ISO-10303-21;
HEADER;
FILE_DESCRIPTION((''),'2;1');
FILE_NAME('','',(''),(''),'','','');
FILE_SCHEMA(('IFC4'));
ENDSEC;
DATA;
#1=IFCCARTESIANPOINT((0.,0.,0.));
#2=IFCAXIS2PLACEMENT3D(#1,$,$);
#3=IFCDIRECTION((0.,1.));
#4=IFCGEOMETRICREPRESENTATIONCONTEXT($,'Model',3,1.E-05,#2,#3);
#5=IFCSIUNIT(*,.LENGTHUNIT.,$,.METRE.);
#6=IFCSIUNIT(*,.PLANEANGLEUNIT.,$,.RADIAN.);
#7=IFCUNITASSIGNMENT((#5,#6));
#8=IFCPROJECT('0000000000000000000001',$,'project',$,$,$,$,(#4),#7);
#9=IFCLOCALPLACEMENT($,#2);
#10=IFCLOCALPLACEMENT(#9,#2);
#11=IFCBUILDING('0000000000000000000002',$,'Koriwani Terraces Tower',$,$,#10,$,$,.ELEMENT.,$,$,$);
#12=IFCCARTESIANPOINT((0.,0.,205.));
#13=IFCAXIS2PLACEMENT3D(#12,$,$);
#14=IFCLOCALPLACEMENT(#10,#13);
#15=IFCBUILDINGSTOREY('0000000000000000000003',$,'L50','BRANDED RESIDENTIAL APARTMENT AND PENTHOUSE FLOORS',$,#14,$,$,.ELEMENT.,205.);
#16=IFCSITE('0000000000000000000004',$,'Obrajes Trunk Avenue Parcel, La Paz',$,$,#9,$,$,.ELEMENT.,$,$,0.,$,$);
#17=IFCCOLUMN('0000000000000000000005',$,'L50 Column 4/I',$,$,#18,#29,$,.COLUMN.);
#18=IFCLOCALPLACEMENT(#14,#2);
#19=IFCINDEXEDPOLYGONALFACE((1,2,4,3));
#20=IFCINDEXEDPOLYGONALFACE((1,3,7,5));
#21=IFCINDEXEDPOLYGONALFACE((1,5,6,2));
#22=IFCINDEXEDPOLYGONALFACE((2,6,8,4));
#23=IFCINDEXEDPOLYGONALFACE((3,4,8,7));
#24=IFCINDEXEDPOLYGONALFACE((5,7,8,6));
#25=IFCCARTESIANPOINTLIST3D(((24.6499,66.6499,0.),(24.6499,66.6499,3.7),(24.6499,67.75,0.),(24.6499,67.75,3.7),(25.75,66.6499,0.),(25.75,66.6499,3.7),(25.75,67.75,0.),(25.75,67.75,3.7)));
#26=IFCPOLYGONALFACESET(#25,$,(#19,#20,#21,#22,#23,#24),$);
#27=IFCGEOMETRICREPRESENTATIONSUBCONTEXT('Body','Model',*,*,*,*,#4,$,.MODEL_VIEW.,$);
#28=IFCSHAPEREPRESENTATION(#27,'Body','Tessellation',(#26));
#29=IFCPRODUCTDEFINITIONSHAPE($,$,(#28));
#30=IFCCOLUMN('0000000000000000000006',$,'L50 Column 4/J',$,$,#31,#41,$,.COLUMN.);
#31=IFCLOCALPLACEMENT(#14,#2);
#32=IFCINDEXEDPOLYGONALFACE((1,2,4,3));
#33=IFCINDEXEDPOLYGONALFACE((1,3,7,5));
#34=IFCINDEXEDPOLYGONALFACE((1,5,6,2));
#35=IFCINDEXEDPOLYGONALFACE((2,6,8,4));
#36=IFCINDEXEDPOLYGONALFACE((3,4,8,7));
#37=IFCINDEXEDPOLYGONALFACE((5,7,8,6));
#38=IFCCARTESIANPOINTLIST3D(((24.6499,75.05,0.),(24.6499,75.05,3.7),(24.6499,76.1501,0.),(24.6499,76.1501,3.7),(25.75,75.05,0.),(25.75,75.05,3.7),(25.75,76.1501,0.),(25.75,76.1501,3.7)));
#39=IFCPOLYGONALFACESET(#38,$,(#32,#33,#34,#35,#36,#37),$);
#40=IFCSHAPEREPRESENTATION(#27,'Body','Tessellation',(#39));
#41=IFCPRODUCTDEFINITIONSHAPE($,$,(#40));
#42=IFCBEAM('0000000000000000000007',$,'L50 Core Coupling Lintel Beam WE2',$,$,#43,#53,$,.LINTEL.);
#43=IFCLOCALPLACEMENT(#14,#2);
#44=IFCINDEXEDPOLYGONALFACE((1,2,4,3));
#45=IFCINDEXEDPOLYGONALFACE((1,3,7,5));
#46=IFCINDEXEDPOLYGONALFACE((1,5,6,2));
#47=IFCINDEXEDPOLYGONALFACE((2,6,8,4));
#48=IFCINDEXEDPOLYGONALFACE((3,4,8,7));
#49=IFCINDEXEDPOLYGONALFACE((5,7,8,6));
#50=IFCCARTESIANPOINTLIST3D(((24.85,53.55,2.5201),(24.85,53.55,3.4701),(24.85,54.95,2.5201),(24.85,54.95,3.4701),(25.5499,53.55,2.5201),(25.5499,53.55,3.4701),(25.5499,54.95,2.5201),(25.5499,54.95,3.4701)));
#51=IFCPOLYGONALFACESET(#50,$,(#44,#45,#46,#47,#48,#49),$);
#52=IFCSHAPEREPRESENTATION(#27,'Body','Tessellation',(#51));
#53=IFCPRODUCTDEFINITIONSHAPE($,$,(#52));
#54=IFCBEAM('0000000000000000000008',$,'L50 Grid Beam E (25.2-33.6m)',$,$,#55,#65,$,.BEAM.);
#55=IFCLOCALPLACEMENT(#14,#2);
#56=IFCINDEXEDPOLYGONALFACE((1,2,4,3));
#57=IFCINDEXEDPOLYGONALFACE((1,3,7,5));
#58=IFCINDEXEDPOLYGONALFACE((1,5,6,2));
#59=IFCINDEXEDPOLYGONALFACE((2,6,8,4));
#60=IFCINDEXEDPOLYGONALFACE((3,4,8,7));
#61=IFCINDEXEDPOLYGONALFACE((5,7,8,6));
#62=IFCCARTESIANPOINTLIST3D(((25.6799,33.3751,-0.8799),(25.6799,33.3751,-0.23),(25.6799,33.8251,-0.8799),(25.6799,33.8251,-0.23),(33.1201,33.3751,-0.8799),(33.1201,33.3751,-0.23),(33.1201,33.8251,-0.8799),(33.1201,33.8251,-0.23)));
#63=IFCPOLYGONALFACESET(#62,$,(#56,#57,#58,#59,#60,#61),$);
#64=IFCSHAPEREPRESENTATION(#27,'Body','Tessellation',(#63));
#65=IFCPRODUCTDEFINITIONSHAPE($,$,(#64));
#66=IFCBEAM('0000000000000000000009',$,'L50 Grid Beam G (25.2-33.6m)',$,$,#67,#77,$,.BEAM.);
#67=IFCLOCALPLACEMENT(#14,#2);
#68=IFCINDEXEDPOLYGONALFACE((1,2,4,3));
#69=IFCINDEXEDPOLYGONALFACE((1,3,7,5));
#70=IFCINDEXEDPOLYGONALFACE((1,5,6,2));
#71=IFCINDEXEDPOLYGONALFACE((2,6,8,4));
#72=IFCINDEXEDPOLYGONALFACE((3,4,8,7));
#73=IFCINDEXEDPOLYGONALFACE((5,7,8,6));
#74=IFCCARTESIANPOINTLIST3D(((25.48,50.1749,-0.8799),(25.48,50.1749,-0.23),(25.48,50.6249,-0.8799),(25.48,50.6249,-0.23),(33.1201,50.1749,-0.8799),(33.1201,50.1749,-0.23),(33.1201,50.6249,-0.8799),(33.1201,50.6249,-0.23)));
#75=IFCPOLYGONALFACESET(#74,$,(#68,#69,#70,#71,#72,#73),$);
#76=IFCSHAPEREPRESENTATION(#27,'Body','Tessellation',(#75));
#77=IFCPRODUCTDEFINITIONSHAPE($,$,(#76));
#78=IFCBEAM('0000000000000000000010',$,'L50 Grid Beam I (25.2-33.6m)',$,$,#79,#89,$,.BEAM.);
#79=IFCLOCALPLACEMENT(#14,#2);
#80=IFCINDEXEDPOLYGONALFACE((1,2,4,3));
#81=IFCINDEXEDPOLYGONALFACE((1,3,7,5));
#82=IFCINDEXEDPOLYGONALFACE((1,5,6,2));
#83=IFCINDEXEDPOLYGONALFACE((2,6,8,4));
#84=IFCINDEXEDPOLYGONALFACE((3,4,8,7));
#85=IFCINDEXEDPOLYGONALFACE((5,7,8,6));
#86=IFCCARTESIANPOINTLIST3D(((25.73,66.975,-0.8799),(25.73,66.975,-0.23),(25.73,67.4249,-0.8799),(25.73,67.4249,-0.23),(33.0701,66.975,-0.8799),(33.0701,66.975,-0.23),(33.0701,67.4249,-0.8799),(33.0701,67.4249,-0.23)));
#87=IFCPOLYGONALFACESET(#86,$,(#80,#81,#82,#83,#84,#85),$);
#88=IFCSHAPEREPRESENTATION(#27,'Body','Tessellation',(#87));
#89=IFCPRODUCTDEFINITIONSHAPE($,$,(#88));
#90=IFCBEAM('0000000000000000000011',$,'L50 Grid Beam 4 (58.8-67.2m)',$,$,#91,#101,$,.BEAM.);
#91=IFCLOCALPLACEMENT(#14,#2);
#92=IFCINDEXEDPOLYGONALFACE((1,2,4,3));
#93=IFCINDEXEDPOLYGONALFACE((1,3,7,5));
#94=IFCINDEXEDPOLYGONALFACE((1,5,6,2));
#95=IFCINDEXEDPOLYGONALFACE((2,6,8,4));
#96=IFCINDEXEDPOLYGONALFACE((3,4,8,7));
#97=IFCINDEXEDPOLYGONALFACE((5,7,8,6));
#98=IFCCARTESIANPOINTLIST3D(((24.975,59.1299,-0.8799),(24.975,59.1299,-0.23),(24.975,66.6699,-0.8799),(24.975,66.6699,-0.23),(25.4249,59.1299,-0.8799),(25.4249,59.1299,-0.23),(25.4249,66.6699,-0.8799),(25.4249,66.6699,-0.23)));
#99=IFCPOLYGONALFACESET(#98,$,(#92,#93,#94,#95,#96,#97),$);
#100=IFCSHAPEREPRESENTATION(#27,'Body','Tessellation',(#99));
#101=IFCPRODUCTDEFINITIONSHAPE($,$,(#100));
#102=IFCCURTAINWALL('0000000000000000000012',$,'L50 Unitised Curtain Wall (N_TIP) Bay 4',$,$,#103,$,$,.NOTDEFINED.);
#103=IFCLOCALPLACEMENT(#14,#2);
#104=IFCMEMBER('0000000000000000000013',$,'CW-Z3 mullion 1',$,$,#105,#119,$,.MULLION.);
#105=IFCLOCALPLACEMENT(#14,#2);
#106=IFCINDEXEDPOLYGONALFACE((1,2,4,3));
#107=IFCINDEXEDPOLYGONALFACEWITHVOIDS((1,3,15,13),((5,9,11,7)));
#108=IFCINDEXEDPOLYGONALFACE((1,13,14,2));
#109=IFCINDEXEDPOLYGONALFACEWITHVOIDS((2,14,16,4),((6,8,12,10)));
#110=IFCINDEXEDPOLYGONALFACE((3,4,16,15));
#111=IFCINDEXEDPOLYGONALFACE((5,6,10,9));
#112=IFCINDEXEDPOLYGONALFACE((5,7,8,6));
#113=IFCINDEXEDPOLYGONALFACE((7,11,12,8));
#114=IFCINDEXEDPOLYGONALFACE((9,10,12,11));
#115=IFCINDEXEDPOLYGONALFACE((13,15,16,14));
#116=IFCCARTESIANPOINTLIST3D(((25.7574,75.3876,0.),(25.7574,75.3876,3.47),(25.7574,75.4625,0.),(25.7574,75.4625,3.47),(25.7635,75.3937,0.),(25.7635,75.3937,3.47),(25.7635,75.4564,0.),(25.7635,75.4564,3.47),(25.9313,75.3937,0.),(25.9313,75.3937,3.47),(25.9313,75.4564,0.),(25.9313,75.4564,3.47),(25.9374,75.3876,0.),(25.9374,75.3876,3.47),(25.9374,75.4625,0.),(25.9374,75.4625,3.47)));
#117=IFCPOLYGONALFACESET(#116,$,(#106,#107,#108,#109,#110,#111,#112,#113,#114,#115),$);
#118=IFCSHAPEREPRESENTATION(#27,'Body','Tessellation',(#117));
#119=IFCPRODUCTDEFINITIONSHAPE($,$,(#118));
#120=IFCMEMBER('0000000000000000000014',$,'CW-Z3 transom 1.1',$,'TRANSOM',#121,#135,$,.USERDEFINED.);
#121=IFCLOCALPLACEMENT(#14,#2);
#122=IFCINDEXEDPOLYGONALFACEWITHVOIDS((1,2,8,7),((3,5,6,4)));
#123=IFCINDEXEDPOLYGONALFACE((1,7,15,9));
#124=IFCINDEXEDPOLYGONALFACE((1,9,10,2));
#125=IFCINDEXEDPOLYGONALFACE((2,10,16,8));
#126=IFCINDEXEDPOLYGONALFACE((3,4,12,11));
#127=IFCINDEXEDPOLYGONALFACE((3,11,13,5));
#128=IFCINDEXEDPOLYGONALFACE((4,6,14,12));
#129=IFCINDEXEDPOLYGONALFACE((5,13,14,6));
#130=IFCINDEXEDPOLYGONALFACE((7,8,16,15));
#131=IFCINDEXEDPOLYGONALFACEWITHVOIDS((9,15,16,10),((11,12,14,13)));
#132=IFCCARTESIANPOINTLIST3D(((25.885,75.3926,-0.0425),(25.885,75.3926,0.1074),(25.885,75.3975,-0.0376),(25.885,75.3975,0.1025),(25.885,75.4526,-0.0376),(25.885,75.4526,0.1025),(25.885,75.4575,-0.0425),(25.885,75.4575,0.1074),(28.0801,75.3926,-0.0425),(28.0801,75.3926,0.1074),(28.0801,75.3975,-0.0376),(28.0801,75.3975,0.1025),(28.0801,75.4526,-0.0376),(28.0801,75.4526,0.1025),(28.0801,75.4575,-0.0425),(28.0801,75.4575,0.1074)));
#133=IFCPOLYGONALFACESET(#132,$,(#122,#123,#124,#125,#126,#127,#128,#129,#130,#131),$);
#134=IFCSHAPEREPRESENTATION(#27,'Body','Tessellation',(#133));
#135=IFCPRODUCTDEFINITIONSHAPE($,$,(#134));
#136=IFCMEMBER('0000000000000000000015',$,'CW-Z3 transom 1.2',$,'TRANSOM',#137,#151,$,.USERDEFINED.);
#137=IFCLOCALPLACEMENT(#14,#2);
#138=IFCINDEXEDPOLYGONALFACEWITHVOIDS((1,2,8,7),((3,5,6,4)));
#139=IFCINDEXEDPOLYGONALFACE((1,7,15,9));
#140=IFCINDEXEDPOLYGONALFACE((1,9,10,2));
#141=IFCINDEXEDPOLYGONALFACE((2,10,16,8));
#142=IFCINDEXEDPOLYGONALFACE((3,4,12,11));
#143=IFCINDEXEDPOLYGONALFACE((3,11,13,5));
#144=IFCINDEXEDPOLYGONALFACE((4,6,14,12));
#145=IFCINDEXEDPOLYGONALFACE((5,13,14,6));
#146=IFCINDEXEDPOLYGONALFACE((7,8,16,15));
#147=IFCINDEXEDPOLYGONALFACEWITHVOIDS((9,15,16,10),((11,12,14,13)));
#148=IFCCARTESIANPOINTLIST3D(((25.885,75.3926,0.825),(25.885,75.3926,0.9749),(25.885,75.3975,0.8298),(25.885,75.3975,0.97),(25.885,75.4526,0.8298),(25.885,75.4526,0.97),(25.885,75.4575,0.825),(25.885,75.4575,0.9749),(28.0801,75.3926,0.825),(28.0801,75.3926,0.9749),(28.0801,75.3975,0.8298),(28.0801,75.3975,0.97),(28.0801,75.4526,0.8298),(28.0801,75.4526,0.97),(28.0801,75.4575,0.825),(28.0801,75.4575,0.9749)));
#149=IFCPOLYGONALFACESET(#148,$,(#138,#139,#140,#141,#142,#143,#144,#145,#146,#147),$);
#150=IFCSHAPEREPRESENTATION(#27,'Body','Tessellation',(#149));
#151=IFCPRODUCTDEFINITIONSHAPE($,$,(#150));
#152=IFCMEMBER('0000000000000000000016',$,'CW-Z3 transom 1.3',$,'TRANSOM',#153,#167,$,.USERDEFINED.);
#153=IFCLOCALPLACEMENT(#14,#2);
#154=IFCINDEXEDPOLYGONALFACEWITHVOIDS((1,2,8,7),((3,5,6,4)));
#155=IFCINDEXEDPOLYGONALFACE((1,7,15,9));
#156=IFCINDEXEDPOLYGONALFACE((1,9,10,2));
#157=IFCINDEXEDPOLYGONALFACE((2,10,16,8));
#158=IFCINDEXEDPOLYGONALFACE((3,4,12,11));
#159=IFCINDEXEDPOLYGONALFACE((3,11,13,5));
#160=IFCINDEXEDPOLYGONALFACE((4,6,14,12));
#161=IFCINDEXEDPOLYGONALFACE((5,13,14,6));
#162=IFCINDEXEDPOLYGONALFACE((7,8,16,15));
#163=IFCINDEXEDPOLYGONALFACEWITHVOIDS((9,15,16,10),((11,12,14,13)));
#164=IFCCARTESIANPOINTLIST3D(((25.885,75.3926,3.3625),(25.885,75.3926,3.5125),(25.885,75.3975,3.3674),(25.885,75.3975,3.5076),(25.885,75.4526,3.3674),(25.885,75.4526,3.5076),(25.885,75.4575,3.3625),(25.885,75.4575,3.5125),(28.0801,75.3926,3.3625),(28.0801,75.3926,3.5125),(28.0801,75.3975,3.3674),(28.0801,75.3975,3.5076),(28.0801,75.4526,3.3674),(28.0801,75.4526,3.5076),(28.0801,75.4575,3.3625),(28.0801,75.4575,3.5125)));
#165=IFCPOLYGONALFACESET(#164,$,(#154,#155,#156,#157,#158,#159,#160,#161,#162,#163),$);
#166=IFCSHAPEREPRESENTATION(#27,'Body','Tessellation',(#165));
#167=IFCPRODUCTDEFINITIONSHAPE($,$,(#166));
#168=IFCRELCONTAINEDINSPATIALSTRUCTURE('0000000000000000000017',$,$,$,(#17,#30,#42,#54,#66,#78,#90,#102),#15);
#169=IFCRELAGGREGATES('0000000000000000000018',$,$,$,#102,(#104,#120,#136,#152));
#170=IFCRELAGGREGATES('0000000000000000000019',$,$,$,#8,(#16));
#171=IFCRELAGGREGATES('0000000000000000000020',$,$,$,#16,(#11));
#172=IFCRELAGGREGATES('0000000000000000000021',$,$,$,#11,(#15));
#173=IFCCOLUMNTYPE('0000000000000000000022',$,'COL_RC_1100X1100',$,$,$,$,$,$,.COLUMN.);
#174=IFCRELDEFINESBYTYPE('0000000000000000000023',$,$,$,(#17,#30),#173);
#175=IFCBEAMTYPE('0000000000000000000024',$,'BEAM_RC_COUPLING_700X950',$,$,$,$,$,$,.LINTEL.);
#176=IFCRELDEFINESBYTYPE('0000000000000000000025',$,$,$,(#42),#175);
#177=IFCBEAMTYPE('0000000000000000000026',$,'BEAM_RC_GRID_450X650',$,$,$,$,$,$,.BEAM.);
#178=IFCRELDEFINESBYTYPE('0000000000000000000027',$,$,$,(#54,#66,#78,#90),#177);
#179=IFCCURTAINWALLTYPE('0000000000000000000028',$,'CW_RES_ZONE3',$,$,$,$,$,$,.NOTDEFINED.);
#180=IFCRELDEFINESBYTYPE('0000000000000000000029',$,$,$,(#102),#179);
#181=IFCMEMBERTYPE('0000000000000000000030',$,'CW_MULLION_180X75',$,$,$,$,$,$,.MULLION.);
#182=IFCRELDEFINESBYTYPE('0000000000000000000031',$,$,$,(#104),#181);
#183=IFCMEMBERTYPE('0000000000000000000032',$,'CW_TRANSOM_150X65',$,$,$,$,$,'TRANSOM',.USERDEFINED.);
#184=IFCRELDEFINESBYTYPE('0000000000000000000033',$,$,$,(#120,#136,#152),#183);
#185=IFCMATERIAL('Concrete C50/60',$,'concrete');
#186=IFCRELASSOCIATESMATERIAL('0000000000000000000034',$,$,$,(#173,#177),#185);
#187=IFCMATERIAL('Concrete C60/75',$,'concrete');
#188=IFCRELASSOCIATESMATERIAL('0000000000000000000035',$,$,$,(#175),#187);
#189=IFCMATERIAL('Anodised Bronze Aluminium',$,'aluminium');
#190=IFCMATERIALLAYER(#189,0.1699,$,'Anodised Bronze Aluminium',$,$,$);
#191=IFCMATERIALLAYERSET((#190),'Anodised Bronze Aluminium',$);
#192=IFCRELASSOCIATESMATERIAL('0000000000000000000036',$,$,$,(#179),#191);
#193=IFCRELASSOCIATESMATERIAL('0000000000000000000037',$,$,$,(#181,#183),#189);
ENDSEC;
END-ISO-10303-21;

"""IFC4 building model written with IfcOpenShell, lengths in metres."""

from ifc_helpers import new_model, si_unit, direction, frame, origin, origin_2d, place, context, subcontext, project, spatial, rectangle, hollow_rectangle, extrude, material, layer, layer_set, material_profile, profile_set, type_object, element, aggregate, save


model = new_model("IFC4")

# Units and contexts
model_context = context("Model", 3, precision=1e-05, world=origin(), true_north=direction((0.0, 1.0)))
body_context = subcontext(model_context, "Body", "Model", "MODEL_VIEW")
ifc_project = project(units=[si_unit("LENGTHUNIT", "METRE"), si_unit("PLANEANGLEUNIT", "RADIAN")], contexts=[model_context])

# Site, building, storey
site_placement = place(None, origin())
site = spatial("IfcSite", under=ifc_project, at=site_placement, Name="Obrajes Trunk Avenue Parcel, La Paz", CompositionType="ELEMENT", RefElevation=0.0)
building_placement = place(site_placement, origin())
building = spatial("IfcBuilding", under=site, at=building_placement, Name="Koriwani Terraces Tower", CompositionType="ELEMENT")
storey_placement = place(building_placement, frame((0.0, 0.0, 205.0)))
storey = spatial("IfcBuildingStorey", under=building, at=storey_placement, Name="L50", Description="BRANDED RESIDENTIAL APARTMENT AND PENTHOUSE FLOORS", CompositionType="ELEMENT", Elevation=205.0)

# Columns
ifc_material_1 = material(Name="Concrete C50/60", Category="concrete")
ifc_material_profile_1 = material_profile(ifc_material_1, rectangle(XDim=1.1001, YDim=1.1001, at=origin_2d()), Name="Concrete C50/60", Category="LoadBearing")
ifc_profile_set_1 = profile_set([ifc_material_profile_1], Name="Concrete C50/60")
column_type = type_object("IfcColumnType", Name="COL_RC_1100X1100", PredefinedType="COLUMN", material=ifc_profile_set_1)
for number, where, z_axis, x_axis, name in (
    (1, (25.2, 67.2, 0.0), (0.0, 0.0, 1.0), (1.0, 0.0, 0.0), "L50 Column 4/I"),
    (2, (25.2, 75.6001, 0.0), (0.0, 0.0, 1.0), (1.0, 0.0, 0.0), "L50 Column 4/J"),
):
    element("IfcColumn", number, at=place(storey_placement, frame(where, z_axis=z_axis, x_axis=x_axis)), inside=storey, type_object=column_type, Name=name, PredefinedType="COLUMN", context=body_context, shape_type="SweptSolid", body=[
        extrude(rectangle(XDim=1.1001, YDim=1.1001, at=origin_2d()), origin(), (0.0, 0.0, 1.0), 3.7),
    ])

# Beams
ifc_material_2 = material(Name="Concrete C60/75", Category="concrete")
ifc_material_profile_2 = material_profile(ifc_material_2, rectangle(XDim=0.7, YDim=0.95, at=origin_2d()), Name="Concrete C60/75", Category="LoadBearing")
ifc_profile_set_2 = profile_set([ifc_material_profile_2], Name="Concrete C60/75")
beam_type_1 = type_object("IfcBeamType", Name="BEAM_RC_COUPLING_700X950", PredefinedType="LINTEL", material=ifc_profile_set_2)
beam_1_placement = place(storey_placement, frame((25.2, 53.55, 2.9951), z_axis=(0.0, 1.0, 0.0), x_axis=(-1.0, 0.0, 0.0)))
element("IfcBeam", 3, at=beam_1_placement, inside=storey, type_object=beam_type_1, Name="L50 Core Coupling Lintel Beam WE2", PredefinedType="LINTEL", context=body_context, shape_type="SweptSolid", body=[
    extrude(rectangle(XDim=0.7, YDim=0.95, at=origin_2d()), origin(), (0.0, 0.0, 1.0), 1.3999),
])
ifc_material_profile_3 = material_profile(ifc_material_1, rectangle(XDim=0.45, YDim=0.6499, at=origin_2d()), Name="Concrete C50/60", Category="LoadBearing")
ifc_profile_set_3 = profile_set([ifc_material_profile_3], Name="Concrete C50/60")
beam_type_2 = type_object("IfcBeamType", Name="BEAM_RC_GRID_450X650", PredefinedType="BEAM", material=ifc_profile_set_3)
beam_2_placement = place(storey_placement, frame((25.6799, 33.6001, -0.5549), z_axis=(1.0, 0.0, 0.0), x_axis=(0.0, 1.0, 0.0)))
element("IfcBeam", 4, at=beam_2_placement, inside=storey, type_object=beam_type_2, Name="L50 Grid Beam E (25.2-33.6m)", PredefinedType="BEAM", context=body_context, shape_type="SweptSolid", body=[
    extrude(rectangle(XDim=0.45, YDim=0.6499, at=origin_2d()), origin(), (0.0, 0.0, 1.0), 7.4402),
])
beam_3_placement = place(storey_placement, frame((25.48, 50.3999, -0.5549), z_axis=(1.0, 0.0, 0.0), x_axis=(0.0, 1.0, 0.0)))
element("IfcBeam", 5, at=beam_3_placement, inside=storey, type_object=beam_type_2, Name="L50 Grid Beam G (25.2-33.6m)", PredefinedType="BEAM", context=body_context, shape_type="SweptSolid", body=[
    extrude(rectangle(XDim=0.45, YDim=0.6499, at=origin_2d()), origin(), (0.0, 0.0, 1.0), 7.6401),
])
beam_4_placement = place(storey_placement, frame((25.73, 67.2, -0.5549), z_axis=(1.0, 0.0, 0.0), x_axis=(0.0, 1.0, 0.0)))
element("IfcBeam", 6, at=beam_4_placement, inside=storey, type_object=beam_type_2, Name="L50 Grid Beam I (25.2-33.6m)", PredefinedType="BEAM", context=body_context, shape_type="SweptSolid", body=[
    extrude(rectangle(XDim=0.45, YDim=0.6499, at=origin_2d()), origin(), (0.0, 0.0, 1.0), 7.3401),
])
beam_5_placement = place(storey_placement, frame((25.2, 59.1299, -0.5549), z_axis=(0.0, 1.0, 0.0), x_axis=(-1.0, 0.0, 0.0)))
element("IfcBeam", 7, at=beam_5_placement, inside=storey, type_object=beam_type_2, Name="L50 Grid Beam 4 (58.8-67.2m)", PredefinedType="BEAM", context=body_context, shape_type="SweptSolid", body=[
    extrude(rectangle(XDim=0.45, YDim=0.6499, at=origin_2d()), origin(), (0.0, 0.0, 1.0), 7.54),
])

# Curtain wall, members
ifc_material_3 = material(Name="Anodised Bronze Aluminium", Category="aluminium")
ifc_layer_1 = layer(ifc_material_3, 0.1699, Name="Anodised Bronze Aluminium")
ifc_layer_set_1 = layer_set([ifc_layer_1], Name="Anodised Bronze Aluminium")
curtain_wall_type = type_object("IfcCurtainWallType", Name="CW_RES_ZONE3", PredefinedType="NOTDEFINED", material=ifc_layer_set_1)
curtain_wall_placement = place(storey_placement, origin())
curtain_wall = element("IfcCurtainWall", 8, at=curtain_wall_placement, inside=storey, type_object=curtain_wall_type, Name="L50 Unitised Curtain Wall (N_TIP) Bay 4", PredefinedType="NOTDEFINED")
ifc_material_profile_4 = material_profile(ifc_material_3, hollow_rectangle(XDim=0.075, YDim=0.1799, WallThickness=0.0061, at=origin_2d()), Name="Anodised Bronze Aluminium", Category="LoadBearing")
ifc_profile_set_4 = profile_set([ifc_material_profile_4], Name="Anodised Bronze Aluminium")
member_type_1 = type_object("IfcMemberType", Name="CW_MULLION_180X75", PredefinedType="MULLION", material=ifc_profile_set_4)
member_1_placement = place(storey_placement, frame((25.8474, 75.425, 0.0), z_axis=(0.0, 0.0, 1.0), x_axis=(0.0, 1.0, 0.0)))
member_1 = element("IfcMember", 9, at=member_1_placement, type_object=member_type_1, Name="CW-Z3 mullion 1", PredefinedType="MULLION", context=body_context, shape_type="SweptSolid", body=[
    extrude(hollow_rectangle(XDim=0.075, YDim=0.1799, WallThickness=0.0061, at=origin_2d()), origin(), (0.0, 0.0, 1.0), 3.47),
])
ifc_material_profile_5 = material_profile(ifc_material_3, hollow_rectangle(XDim=0.0649, YDim=0.1499, WallThickness=0.0049, at=origin_2d()), Name="Anodised Bronze Aluminium", Category="LoadBearing")
ifc_profile_set_5 = profile_set([ifc_material_profile_5], Name="Anodised Bronze Aluminium")
member_type_2 = type_object("IfcMemberType", Name="CW_TRANSOM_150X65", ElementType="TRANSOM", PredefinedType="USERDEFINED", material=ifc_profile_set_5)
member_2_placement = place(storey_placement, frame((25.885, 75.425, 0.0325), z_axis=(1.0, 0.0, 0.0), x_axis=(0.0, 1.0, 0.0)))
member_2 = element("IfcMember", 10, at=member_2_placement, type_object=member_type_2, Name="CW-Z3 transom 1.1", ObjectType="TRANSOM", PredefinedType="USERDEFINED", context=body_context, shape_type="SweptSolid", body=[
    extrude(hollow_rectangle(XDim=0.0649, YDim=0.1499, WallThickness=0.0049, at=origin_2d()), origin(), (0.0, 0.0, 1.0), 2.1951),
])
member_3_placement = place(storey_placement, frame((25.885, 75.425, 0.8999), z_axis=(1.0, 0.0, 0.0), x_axis=(0.0, 1.0, 0.0)))
member_3 = element("IfcMember", 11, at=member_3_placement, type_object=member_type_2, Name="CW-Z3 transom 1.2", ObjectType="TRANSOM", PredefinedType="USERDEFINED", context=body_context, shape_type="SweptSolid", body=[
    extrude(hollow_rectangle(XDim=0.0649, YDim=0.1499, WallThickness=0.0049, at=origin_2d()), origin(), (0.0, 0.0, 1.0), 2.1951),
])
member_4_placement = place(storey_placement, frame((25.885, 75.425, 3.4375), z_axis=(1.0, 0.0, 0.0), x_axis=(0.0, 1.0, 0.0)))
member_4 = element("IfcMember", 12, at=member_4_placement, type_object=member_type_2, Name="CW-Z3 transom 1.3", ObjectType="TRANSOM", PredefinedType="USERDEFINED", context=body_context, shape_type="SweptSolid", body=[
    extrude(hollow_rectangle(XDim=0.0649, YDim=0.1499, WallThickness=0.0049, at=origin_2d()), origin(), (0.0, 0.0, 1.0), 2.1951),
])

aggregate(curtain_wall, [member_1, member_2, member_3, member_4])

save(model, "model.ifc")
